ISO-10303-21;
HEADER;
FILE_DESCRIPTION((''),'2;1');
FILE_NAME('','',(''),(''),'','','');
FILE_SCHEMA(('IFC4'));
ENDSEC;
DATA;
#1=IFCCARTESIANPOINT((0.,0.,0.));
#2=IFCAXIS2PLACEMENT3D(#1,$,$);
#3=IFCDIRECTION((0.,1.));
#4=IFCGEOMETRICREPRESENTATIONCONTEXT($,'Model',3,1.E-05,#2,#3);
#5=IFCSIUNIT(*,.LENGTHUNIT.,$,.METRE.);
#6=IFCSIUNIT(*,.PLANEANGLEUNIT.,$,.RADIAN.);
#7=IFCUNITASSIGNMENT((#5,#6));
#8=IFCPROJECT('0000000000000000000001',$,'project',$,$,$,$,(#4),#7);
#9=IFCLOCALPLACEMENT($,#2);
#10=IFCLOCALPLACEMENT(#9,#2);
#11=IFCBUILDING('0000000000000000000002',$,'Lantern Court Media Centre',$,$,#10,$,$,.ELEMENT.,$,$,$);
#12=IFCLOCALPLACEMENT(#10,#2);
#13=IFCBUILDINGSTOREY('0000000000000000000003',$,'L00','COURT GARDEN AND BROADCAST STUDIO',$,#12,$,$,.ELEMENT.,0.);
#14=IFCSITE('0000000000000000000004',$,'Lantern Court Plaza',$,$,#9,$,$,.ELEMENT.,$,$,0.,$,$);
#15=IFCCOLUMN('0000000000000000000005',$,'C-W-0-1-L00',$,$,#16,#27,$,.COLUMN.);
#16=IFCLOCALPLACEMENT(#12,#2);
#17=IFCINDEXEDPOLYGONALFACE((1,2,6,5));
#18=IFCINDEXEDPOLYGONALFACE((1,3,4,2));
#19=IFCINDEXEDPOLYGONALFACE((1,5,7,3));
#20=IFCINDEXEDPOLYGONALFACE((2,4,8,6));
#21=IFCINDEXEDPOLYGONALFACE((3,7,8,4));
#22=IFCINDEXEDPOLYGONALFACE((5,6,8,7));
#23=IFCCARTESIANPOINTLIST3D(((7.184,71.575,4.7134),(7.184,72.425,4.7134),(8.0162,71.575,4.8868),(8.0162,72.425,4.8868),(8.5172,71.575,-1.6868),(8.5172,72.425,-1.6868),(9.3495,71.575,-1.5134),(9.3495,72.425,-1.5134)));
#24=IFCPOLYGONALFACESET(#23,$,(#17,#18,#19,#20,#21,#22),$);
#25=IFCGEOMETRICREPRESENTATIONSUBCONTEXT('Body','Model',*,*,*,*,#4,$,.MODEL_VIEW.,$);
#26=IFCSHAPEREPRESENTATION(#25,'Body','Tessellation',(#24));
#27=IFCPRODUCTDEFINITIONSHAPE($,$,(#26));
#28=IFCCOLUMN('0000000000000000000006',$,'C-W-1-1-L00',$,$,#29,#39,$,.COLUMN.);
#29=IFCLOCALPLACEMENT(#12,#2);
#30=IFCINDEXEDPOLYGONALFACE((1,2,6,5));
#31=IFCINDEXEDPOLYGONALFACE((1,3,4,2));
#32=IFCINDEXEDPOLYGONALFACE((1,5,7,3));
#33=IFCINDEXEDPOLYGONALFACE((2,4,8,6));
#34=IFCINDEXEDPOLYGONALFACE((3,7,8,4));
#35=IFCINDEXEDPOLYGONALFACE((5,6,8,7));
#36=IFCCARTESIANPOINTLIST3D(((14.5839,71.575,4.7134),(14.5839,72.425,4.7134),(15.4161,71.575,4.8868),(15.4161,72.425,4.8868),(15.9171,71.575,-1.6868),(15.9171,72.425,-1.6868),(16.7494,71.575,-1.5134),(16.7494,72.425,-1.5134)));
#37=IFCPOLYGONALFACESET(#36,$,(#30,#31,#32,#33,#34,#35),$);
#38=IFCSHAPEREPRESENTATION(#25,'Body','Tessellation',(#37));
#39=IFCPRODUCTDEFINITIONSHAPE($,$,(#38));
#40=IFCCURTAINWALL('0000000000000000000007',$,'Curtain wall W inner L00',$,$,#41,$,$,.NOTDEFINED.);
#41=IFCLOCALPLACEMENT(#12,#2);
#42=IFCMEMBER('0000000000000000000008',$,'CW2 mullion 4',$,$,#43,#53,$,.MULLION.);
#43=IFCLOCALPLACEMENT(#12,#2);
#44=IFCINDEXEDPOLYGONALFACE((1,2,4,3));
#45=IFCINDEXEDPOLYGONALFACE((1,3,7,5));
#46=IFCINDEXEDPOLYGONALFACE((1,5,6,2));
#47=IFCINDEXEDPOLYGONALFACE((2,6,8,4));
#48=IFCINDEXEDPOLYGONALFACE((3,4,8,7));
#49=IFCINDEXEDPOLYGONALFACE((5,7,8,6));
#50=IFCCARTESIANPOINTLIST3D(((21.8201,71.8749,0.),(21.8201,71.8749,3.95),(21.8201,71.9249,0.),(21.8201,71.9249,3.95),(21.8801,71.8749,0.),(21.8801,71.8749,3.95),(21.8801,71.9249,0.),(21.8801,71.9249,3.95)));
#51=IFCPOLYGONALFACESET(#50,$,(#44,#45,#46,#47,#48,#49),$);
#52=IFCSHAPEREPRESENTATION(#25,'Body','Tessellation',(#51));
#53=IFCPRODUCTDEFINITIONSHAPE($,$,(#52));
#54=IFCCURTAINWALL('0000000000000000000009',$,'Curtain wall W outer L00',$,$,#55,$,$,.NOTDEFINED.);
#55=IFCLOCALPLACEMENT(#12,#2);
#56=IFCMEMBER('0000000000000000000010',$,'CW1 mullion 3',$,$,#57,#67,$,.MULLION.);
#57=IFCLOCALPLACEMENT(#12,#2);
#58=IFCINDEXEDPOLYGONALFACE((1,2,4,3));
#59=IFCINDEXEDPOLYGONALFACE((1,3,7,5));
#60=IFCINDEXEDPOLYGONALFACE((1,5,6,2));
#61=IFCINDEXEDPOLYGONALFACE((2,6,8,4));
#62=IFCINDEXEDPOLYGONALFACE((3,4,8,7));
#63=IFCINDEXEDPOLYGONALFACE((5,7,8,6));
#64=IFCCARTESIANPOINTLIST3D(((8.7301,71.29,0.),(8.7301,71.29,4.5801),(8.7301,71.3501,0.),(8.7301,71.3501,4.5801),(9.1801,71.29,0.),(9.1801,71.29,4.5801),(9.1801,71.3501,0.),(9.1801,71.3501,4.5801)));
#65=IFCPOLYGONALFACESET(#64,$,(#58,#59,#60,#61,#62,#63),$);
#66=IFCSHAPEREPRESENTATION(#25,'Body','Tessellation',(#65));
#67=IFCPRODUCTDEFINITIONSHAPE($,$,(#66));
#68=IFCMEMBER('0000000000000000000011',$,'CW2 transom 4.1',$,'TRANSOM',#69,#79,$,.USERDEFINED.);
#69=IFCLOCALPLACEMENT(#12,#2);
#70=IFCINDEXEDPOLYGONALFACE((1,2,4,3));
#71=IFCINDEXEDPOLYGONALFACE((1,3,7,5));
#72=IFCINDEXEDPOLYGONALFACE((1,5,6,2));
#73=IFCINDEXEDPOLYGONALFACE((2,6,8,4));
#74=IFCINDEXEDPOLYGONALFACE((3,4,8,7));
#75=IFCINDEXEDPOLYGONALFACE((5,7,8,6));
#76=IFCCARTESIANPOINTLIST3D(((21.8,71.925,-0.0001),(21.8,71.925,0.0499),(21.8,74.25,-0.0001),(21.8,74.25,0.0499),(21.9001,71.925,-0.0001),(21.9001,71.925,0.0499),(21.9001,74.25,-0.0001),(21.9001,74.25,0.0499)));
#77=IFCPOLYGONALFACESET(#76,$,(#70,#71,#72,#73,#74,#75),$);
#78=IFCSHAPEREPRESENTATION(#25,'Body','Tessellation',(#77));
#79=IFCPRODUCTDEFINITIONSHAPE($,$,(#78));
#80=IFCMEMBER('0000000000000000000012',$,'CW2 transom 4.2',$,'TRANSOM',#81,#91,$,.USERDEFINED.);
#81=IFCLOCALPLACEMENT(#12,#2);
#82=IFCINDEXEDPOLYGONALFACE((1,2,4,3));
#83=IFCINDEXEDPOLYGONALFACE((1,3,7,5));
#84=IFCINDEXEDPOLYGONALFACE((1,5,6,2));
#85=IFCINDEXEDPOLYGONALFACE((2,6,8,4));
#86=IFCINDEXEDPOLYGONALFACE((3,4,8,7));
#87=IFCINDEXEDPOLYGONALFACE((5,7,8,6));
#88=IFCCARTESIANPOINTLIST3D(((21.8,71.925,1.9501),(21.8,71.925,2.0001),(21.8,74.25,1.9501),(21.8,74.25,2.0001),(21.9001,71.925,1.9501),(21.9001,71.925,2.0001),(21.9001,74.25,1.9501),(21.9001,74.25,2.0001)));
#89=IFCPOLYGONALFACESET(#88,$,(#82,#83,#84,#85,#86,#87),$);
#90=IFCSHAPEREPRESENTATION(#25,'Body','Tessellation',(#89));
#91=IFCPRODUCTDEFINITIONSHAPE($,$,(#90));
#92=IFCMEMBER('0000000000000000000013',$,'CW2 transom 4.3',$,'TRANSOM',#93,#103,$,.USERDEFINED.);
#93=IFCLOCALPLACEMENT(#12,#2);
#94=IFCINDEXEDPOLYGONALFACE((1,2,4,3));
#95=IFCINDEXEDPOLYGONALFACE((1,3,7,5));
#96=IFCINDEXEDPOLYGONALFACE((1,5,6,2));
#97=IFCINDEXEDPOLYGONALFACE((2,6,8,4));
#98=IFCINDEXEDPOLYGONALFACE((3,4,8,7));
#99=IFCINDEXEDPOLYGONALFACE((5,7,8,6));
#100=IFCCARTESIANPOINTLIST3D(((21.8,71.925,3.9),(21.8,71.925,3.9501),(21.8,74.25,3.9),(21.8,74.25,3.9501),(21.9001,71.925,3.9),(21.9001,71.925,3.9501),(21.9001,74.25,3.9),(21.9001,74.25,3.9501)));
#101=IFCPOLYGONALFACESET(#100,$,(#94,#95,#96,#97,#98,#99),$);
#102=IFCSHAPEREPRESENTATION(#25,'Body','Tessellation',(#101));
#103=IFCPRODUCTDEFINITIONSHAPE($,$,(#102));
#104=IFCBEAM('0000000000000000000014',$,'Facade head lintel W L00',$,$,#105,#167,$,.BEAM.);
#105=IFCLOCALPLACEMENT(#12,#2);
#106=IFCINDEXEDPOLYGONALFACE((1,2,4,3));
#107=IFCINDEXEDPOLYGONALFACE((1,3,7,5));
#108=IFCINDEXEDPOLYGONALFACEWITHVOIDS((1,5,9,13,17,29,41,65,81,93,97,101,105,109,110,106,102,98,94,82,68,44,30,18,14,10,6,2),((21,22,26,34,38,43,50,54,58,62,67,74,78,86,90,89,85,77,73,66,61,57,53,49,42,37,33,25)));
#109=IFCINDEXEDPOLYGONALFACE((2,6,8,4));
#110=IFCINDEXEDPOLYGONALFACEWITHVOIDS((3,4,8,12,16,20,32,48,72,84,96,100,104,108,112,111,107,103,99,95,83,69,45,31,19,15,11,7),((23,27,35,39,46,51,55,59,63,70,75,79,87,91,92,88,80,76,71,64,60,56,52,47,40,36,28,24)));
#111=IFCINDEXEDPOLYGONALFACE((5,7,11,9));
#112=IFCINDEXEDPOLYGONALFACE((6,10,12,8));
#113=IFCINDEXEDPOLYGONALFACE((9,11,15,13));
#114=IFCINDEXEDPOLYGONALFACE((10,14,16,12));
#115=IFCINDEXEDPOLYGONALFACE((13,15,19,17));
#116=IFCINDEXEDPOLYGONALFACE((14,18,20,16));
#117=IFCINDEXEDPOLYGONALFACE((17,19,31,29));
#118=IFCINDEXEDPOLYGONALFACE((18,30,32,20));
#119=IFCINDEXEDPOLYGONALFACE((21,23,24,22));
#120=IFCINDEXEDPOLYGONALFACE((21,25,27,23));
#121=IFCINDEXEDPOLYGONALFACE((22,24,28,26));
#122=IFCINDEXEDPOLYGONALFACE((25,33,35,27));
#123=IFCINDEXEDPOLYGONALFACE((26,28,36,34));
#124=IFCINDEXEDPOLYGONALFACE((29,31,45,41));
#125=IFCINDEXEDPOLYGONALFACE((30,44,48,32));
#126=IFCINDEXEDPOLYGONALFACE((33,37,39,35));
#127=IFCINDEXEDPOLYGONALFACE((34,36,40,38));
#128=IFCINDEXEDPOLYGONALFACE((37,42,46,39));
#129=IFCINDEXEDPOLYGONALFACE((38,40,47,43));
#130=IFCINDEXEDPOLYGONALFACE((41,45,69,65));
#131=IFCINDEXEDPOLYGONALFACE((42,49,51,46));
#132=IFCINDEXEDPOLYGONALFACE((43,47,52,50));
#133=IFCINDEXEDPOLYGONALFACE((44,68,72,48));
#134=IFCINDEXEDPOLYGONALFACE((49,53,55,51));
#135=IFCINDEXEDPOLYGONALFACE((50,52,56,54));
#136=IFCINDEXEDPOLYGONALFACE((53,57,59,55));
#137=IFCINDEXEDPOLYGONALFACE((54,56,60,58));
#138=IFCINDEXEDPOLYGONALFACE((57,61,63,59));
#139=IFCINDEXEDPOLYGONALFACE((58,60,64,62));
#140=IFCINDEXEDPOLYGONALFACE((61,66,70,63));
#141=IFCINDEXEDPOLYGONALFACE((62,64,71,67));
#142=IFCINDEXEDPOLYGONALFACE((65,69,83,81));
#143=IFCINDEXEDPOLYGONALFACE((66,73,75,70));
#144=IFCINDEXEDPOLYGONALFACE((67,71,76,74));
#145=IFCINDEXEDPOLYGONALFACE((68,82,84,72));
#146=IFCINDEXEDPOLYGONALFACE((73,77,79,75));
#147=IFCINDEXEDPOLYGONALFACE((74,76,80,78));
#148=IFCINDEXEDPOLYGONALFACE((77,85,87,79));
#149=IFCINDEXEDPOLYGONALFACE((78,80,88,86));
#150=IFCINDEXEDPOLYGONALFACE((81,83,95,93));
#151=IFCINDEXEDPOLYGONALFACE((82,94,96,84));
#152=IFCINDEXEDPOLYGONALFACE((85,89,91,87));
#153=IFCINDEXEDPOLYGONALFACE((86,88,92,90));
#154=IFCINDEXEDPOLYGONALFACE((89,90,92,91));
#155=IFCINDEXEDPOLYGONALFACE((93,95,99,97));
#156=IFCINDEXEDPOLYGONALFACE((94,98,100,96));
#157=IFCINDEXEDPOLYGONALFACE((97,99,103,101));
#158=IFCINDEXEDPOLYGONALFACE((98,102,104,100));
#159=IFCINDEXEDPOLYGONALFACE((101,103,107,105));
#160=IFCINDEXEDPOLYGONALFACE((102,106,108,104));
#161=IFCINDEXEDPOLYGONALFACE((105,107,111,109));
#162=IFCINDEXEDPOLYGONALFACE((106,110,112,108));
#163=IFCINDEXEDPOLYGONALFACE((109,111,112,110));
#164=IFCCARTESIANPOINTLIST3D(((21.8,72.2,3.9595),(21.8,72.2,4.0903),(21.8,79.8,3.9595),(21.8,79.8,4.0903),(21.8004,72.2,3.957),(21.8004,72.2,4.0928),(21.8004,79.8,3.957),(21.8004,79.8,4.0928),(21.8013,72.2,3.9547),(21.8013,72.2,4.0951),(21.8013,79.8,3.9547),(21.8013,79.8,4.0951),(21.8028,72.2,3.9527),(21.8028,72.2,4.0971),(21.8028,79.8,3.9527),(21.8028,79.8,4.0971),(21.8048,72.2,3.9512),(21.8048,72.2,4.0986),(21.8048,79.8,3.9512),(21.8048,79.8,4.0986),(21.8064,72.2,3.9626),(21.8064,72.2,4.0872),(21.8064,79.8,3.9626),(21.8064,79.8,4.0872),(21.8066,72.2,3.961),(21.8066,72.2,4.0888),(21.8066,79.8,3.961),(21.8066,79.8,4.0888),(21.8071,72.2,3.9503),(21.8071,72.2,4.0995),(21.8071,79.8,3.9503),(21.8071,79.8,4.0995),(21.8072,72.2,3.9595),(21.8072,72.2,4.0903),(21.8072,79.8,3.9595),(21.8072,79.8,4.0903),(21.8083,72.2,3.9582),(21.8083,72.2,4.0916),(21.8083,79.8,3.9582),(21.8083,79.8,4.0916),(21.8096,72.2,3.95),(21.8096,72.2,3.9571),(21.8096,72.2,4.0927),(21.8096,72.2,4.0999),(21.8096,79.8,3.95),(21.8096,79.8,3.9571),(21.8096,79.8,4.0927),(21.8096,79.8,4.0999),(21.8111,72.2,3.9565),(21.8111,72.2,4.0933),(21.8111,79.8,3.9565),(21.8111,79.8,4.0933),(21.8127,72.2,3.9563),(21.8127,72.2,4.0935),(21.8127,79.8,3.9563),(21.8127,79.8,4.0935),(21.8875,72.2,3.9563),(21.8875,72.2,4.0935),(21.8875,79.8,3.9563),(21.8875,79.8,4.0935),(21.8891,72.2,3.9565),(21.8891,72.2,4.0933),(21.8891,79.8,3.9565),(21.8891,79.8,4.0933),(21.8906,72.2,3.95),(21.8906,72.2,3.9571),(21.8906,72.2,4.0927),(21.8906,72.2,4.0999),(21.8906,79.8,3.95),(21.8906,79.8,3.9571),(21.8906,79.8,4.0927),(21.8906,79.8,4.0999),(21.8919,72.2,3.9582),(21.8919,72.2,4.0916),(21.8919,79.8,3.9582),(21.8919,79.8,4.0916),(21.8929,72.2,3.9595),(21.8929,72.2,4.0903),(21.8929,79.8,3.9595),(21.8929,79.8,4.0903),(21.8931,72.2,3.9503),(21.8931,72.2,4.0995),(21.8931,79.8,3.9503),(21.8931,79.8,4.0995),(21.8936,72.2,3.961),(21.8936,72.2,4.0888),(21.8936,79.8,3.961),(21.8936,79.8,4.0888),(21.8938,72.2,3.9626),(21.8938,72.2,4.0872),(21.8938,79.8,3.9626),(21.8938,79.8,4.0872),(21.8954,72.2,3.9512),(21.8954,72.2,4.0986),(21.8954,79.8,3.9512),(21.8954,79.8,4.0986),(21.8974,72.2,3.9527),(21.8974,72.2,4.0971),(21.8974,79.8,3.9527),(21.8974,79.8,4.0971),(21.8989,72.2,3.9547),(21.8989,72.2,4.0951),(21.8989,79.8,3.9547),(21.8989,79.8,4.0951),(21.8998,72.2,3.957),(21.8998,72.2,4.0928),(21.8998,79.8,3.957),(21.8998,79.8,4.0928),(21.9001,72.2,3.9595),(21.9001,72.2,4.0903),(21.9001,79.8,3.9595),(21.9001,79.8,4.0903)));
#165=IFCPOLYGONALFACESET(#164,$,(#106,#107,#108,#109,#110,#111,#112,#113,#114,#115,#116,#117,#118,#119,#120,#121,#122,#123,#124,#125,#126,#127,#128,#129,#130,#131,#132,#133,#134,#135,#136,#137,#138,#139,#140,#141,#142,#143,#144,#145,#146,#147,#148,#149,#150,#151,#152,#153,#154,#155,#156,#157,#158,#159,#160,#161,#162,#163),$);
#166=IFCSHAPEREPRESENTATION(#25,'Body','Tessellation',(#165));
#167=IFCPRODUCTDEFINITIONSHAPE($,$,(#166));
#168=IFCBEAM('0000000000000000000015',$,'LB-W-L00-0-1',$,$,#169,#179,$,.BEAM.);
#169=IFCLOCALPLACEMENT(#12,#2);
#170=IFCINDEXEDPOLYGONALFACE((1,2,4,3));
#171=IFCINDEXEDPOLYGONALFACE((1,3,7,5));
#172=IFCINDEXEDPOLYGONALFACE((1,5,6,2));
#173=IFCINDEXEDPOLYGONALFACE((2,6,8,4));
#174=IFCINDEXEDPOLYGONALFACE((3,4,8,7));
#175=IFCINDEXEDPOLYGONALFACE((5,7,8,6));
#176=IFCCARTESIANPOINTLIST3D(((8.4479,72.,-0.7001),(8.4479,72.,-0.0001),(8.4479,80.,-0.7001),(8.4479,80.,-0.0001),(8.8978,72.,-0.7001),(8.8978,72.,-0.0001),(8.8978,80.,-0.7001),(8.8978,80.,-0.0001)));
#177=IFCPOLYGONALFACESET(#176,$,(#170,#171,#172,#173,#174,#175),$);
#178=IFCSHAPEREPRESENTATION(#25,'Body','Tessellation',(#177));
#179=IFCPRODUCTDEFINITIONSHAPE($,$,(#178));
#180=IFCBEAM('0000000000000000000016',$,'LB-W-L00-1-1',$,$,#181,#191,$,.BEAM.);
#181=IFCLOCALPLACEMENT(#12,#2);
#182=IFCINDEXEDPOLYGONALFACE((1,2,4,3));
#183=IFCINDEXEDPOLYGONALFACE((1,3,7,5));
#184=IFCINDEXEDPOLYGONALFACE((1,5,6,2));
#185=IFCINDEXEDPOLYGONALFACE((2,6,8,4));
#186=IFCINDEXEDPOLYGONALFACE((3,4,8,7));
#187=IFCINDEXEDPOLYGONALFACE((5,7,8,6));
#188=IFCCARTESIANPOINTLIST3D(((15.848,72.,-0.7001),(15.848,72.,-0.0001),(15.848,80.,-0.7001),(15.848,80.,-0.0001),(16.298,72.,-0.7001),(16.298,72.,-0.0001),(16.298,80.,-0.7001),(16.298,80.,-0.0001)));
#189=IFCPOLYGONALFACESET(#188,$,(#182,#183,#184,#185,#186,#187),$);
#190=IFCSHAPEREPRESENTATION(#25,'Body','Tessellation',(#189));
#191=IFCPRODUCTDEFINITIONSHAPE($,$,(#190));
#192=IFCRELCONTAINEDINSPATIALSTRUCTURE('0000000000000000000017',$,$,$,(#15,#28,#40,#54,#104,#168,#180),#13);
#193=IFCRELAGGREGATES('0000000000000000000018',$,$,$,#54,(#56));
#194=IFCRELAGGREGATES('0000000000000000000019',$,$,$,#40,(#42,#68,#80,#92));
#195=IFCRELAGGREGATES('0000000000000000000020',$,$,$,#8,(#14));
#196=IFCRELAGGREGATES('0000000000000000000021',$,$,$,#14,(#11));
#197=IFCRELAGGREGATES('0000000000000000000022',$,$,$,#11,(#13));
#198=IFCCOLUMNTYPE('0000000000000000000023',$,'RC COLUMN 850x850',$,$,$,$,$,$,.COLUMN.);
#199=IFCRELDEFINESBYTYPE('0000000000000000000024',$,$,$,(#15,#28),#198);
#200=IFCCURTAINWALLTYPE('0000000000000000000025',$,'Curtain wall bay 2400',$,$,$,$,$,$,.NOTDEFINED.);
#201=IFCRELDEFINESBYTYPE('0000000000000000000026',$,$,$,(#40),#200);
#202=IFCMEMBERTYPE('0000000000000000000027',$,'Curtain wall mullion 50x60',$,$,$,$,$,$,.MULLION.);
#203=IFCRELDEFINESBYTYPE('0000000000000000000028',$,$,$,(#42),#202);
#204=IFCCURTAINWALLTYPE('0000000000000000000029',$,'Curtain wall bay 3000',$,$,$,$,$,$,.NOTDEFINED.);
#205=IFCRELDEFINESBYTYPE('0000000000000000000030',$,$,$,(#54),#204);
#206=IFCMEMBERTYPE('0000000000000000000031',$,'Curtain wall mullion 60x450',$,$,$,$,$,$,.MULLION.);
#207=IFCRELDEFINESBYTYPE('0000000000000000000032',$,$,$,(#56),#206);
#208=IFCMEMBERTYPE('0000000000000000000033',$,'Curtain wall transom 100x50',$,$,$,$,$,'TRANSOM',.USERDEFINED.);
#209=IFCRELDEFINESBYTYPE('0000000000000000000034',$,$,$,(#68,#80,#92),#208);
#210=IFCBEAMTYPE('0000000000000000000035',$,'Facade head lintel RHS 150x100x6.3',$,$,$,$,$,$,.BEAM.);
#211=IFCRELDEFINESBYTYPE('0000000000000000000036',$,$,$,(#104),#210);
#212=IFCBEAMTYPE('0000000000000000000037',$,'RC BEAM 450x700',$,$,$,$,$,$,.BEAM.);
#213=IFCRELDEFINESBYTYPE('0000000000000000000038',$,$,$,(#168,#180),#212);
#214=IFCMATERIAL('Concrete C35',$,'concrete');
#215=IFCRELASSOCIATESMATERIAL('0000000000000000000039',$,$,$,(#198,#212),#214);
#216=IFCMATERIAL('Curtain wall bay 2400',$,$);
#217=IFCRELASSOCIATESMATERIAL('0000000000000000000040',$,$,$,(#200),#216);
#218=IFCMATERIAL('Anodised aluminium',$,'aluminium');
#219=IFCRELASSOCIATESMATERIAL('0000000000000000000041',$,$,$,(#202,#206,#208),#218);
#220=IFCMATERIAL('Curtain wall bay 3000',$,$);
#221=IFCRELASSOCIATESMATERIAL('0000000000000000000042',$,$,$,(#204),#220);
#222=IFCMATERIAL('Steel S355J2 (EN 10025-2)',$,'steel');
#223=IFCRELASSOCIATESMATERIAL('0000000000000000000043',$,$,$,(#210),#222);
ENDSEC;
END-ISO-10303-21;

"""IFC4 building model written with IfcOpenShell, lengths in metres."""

from ifc_helpers import new_model, si_unit, direction, frame, origin, origin_2d, place, context, subcontext, project, spatial, rectangle, hollow_rectangle, extrude, material, material_profile, profile_set, type_object, element, aggregate, save


model = new_model("IFC4")

# Units and contexts
model_context = context("Model", 3, precision=1e-05, world=origin(), true_north=direction((0.0, 1.0)))
body_context = subcontext(model_context, "Body", "Model", "MODEL_VIEW")
ifc_project = project(units=[si_unit("LENGTHUNIT", "METRE"), si_unit("PLANEANGLEUNIT", "RADIAN")], contexts=[model_context])

# Site, building, storey
site_placement = place(None, origin())
site = spatial("IfcSite", under=ifc_project, at=site_placement, Name="Lantern Court Plaza", CompositionType="ELEMENT", RefElevation=0.0)
building_placement = place(site_placement, origin())
building = spatial("IfcBuilding", under=site, at=building_placement, Name="Lantern Court Media Centre", CompositionType="ELEMENT")
storey_placement = place(building_placement, origin())
storey = spatial("IfcBuildingStorey", under=building, at=storey_placement, Name="L00", Description="COURT GARDEN AND BROADCAST STUDIO", CompositionType="ELEMENT", Elevation=0.0)

# Columns
ifc_material_1 = material(Name="Concrete C35", Category="concrete")
ifc_material_profile_1 = material_profile(ifc_material_1, rectangle(XDim=0.8501, YDim=0.8501, at=origin_2d()), Name="RC 850x850")
ifc_profile_set_1 = profile_set([ifc_material_profile_1], Name="Concrete C35")
column_type = type_object("IfcColumnType", Name="RC COLUMN 850x850", PredefinedType="COLUMN", material=ifc_profile_set_1)
for number, where, z_axis, x_axis, name in (
    (1, (8.9333, 72.0, -1.6001), (-0.203938, 0.0, 0.978984), (0.0, -1.0, 0.0), "C-W-0-1-L00"),
    (2, (16.3333, 72.0, -1.6001), (-0.203938, 0.0, 0.978984), (0.0, -1.0, 0.0), "C-W-1-1-L00"),
):
    element("IfcColumn", number, at=place(storey_placement, frame(where, z_axis=z_axis, x_axis=x_axis)), inside=storey, type_object=column_type, Name=name, PredefinedType="COLUMN", context=body_context, shape_type="SweptSolid", body=[
        extrude(rectangle(XDim=0.8501, YDim=0.8501, at=origin_2d()), origin(), (0.0, 0.0, 1.0), 6.5376),
    ])

# Curtain walls, members
ifc_material_2 = material(Name="Curtain wall bay 2400")
curtain_wall_type_1 = type_object("IfcCurtainWallType", Name="Curtain wall bay 2400", PredefinedType="NOTDEFINED", material=ifc_material_2)
curtain_wall_1_placement = place(storey_placement, origin())
curtain_wall_1 = element("IfcCurtainWall", 3, at=curtain_wall_1_placement, inside=storey, type_object=curtain_wall_type_1, Name="Curtain wall W inner L00", PredefinedType="NOTDEFINED")
ifc_material_3 = material(Name="Anodised aluminium", Category="aluminium")
ifc_material_profile_2 = material_profile(ifc_material_3, rectangle(XDim=0.0601, YDim=0.05, at=origin_2d()), Name="AL 50x60")
ifc_profile_set_2 = profile_set([ifc_material_profile_2], Name="Anodised aluminium")
member_type_1 = type_object("IfcMemberType", Name="Curtain wall mullion 50x60", PredefinedType="MULLION", material=ifc_profile_set_2)
member_1_placement = place(storey_placement, frame((21.8501, 71.8999, 0.0), z_axis=(0.0, 0.0, 1.0), x_axis=(-1.0, 0.0, 0.0)))
member_1 = element("IfcMember", 4, at=member_1_placement, type_object=member_type_1, Name="CW2 mullion 4", PredefinedType="MULLION", context=body_context, shape_type="SweptSolid", body=[
    extrude(rectangle(XDim=0.0601, YDim=0.05, at=origin_2d()), origin(), (0.0, 0.0, 1.0), 3.95),
])
ifc_material_4 = material(Name="Curtain wall bay 3000")
curtain_wall_type_2 = type_object("IfcCurtainWallType", Name="Curtain wall bay 3000", PredefinedType="NOTDEFINED", material=ifc_material_4)
curtain_wall_2_placement = place(storey_placement, origin())
curtain_wall_2 = element("IfcCurtainWall", 5, at=curtain_wall_2_placement, inside=storey, type_object=curtain_wall_type_2, Name="Curtain wall W outer L00", PredefinedType="NOTDEFINED")
ifc_material_profile_3 = material_profile(ifc_material_3, rectangle(XDim=0.45, YDim=0.0601, at=origin_2d()), Name="AL 60x450")
ifc_profile_set_3 = profile_set([ifc_material_profile_3], Name="Anodised aluminium")
member_type_2 = type_object("IfcMemberType", Name="Curtain wall mullion 60x450", PredefinedType="MULLION", material=ifc_profile_set_3)
member_2_placement = place(storey_placement, frame((8.9551, 71.3201, 0.0), z_axis=(0.0, 0.0, 1.0), x_axis=(-1.0, 0.0, 0.0)))
member_2 = element("IfcMember", 6, at=member_2_placement, type_object=member_type_2, Name="CW1 mullion 3", PredefinedType="MULLION", context=body_context, shape_type="SweptSolid", body=[
    extrude(rectangle(XDim=0.45, YDim=0.0601, at=origin_2d()), origin(), (0.0, 0.0, 1.0), 4.5801),
])
aggregate(curtain_wall_2, [member_2])

# Members
ifc_material_profile_4 = material_profile(ifc_material_3, rectangle(XDim=0.1001, YDim=0.05, at=origin_2d()), Name="AL 50x100")
ifc_profile_set_4 = profile_set([ifc_material_profile_4], Name="Anodised aluminium")
member_type_3 = type_object("IfcMemberType", Name="Curtain wall transom 100x50", ElementType="TRANSOM", PredefinedType="USERDEFINED", material=ifc_profile_set_4)
member_3_placement = place(storey_placement, frame((21.8501, 71.925, 0.0249), z_axis=(0.0, 1.0, 0.0), x_axis=(-1.0, 0.0, 0.0)))
member_3 = element("IfcMember", 7, at=member_3_placement, type_object=member_type_3, Name="CW2 transom 4.1", ObjectType="TRANSOM", PredefinedType="USERDEFINED", context=body_context, shape_type="SweptSolid", body=[
    extrude(rectangle(XDim=0.1001, YDim=0.05, at=origin_2d()), origin(), (0.0, 0.0, 1.0), 2.325),
])
member_4_placement = place(storey_placement, frame((21.8501, 71.925, 1.9751), z_axis=(0.0, 1.0, 0.0), x_axis=(-1.0, 0.0, 0.0)))
member_4 = element("IfcMember", 8, at=member_4_placement, type_object=member_type_3, Name="CW2 transom 4.2", ObjectType="TRANSOM", PredefinedType="USERDEFINED", context=body_context, shape_type="SweptSolid", body=[
    extrude(rectangle(XDim=0.1001, YDim=0.05, at=origin_2d()), origin(), (0.0, 0.0, 1.0), 2.325),
])
member_5_placement = place(storey_placement, frame((21.8501, 71.925, 3.925), z_axis=(0.0, 1.0, 0.0), x_axis=(-1.0, 0.0, 0.0)))
member_5 = element("IfcMember", 9, at=member_5_placement, type_object=member_type_3, Name="CW2 transom 4.3", ObjectType="TRANSOM", PredefinedType="USERDEFINED", context=body_context, shape_type="SweptSolid", body=[
    extrude(rectangle(XDim=0.1001, YDim=0.05, at=origin_2d()), origin(), (0.0, 0.0, 1.0), 2.325),
])

# Beams
ifc_material_5 = material(Name="Steel S355J2 (EN 10025-2)", Category="steel")
ifc_material_profile_5 = material_profile(ifc_material_5, hollow_rectangle(XDim=0.1001, YDim=0.1499, WallThickness=0.0063, InnerFilletRadius=0.0063, OuterFilletRadius=0.0095, at=origin_2d()), Name="Facade head lintel RHS 150x100x6.3")
ifc_profile_set_5 = profile_set([ifc_material_profile_5], Name="Steel S355J2 (EN 10025-2)")
beam_type_1 = type_object("IfcBeamType", Name="Facade head lintel RHS 150x100x6.3", PredefinedType="BEAM", material=ifc_profile_set_5)
beam_1_placement = place(storey_placement, frame((21.8501, 72.2, 4.0249), z_axis=(0.0, 1.0, 0.0), x_axis=(-1.0, 0.0, 0.0)))
element("IfcBeam", 10, at=beam_1_placement, inside=storey, type_object=beam_type_1, Name="Facade head lintel W L00", PredefinedType="BEAM", context=body_context, shape_type="SweptSolid", body=[
    extrude(hollow_rectangle(XDim=0.1001, YDim=0.1499, WallThickness=0.0063, InnerFilletRadius=0.0063, OuterFilletRadius=0.0095, at=origin_2d()), origin(), (0.0, 0.0, 1.0), 7.6001),
])
ifc_material_profile_6 = material_profile(ifc_material_1, rectangle(XDim=0.45, YDim=0.7, at=origin_2d()), Name="RC 450x700")
ifc_profile_set_6 = profile_set([ifc_material_profile_6], Name="Concrete C35")
beam_type_2 = type_object("IfcBeamType", Name="RC BEAM 450x700", PredefinedType="BEAM", material=ifc_profile_set_6)
for number, where, z_axis, x_axis, name in (
    (11, (8.6729, 72.0, -0.3501), (0.0, 1.0, 0.0), (-1.0, 0.0, 0.0), "LB-W-L00-0-1"),
    (12, (16.073, 72.0, -0.3501), (0.0, 1.0, 0.0), (-1.0, 0.0, 0.0), "LB-W-L00-1-1"),
):
    element("IfcBeam", number, at=place(storey_placement, frame(where, z_axis=z_axis, x_axis=x_axis)), inside=storey, type_object=beam_type_2, Name=name, PredefinedType="BEAM", context=body_context, shape_type="SweptSolid", body=[
        extrude(rectangle(XDim=0.45, YDim=0.7, at=origin_2d()), origin(), (0.0, 0.0, 1.0), 8.0),
    ])

aggregate(curtain_wall_1, [member_1, member_3, member_4, member_5])

save(model, "model.ifc")
